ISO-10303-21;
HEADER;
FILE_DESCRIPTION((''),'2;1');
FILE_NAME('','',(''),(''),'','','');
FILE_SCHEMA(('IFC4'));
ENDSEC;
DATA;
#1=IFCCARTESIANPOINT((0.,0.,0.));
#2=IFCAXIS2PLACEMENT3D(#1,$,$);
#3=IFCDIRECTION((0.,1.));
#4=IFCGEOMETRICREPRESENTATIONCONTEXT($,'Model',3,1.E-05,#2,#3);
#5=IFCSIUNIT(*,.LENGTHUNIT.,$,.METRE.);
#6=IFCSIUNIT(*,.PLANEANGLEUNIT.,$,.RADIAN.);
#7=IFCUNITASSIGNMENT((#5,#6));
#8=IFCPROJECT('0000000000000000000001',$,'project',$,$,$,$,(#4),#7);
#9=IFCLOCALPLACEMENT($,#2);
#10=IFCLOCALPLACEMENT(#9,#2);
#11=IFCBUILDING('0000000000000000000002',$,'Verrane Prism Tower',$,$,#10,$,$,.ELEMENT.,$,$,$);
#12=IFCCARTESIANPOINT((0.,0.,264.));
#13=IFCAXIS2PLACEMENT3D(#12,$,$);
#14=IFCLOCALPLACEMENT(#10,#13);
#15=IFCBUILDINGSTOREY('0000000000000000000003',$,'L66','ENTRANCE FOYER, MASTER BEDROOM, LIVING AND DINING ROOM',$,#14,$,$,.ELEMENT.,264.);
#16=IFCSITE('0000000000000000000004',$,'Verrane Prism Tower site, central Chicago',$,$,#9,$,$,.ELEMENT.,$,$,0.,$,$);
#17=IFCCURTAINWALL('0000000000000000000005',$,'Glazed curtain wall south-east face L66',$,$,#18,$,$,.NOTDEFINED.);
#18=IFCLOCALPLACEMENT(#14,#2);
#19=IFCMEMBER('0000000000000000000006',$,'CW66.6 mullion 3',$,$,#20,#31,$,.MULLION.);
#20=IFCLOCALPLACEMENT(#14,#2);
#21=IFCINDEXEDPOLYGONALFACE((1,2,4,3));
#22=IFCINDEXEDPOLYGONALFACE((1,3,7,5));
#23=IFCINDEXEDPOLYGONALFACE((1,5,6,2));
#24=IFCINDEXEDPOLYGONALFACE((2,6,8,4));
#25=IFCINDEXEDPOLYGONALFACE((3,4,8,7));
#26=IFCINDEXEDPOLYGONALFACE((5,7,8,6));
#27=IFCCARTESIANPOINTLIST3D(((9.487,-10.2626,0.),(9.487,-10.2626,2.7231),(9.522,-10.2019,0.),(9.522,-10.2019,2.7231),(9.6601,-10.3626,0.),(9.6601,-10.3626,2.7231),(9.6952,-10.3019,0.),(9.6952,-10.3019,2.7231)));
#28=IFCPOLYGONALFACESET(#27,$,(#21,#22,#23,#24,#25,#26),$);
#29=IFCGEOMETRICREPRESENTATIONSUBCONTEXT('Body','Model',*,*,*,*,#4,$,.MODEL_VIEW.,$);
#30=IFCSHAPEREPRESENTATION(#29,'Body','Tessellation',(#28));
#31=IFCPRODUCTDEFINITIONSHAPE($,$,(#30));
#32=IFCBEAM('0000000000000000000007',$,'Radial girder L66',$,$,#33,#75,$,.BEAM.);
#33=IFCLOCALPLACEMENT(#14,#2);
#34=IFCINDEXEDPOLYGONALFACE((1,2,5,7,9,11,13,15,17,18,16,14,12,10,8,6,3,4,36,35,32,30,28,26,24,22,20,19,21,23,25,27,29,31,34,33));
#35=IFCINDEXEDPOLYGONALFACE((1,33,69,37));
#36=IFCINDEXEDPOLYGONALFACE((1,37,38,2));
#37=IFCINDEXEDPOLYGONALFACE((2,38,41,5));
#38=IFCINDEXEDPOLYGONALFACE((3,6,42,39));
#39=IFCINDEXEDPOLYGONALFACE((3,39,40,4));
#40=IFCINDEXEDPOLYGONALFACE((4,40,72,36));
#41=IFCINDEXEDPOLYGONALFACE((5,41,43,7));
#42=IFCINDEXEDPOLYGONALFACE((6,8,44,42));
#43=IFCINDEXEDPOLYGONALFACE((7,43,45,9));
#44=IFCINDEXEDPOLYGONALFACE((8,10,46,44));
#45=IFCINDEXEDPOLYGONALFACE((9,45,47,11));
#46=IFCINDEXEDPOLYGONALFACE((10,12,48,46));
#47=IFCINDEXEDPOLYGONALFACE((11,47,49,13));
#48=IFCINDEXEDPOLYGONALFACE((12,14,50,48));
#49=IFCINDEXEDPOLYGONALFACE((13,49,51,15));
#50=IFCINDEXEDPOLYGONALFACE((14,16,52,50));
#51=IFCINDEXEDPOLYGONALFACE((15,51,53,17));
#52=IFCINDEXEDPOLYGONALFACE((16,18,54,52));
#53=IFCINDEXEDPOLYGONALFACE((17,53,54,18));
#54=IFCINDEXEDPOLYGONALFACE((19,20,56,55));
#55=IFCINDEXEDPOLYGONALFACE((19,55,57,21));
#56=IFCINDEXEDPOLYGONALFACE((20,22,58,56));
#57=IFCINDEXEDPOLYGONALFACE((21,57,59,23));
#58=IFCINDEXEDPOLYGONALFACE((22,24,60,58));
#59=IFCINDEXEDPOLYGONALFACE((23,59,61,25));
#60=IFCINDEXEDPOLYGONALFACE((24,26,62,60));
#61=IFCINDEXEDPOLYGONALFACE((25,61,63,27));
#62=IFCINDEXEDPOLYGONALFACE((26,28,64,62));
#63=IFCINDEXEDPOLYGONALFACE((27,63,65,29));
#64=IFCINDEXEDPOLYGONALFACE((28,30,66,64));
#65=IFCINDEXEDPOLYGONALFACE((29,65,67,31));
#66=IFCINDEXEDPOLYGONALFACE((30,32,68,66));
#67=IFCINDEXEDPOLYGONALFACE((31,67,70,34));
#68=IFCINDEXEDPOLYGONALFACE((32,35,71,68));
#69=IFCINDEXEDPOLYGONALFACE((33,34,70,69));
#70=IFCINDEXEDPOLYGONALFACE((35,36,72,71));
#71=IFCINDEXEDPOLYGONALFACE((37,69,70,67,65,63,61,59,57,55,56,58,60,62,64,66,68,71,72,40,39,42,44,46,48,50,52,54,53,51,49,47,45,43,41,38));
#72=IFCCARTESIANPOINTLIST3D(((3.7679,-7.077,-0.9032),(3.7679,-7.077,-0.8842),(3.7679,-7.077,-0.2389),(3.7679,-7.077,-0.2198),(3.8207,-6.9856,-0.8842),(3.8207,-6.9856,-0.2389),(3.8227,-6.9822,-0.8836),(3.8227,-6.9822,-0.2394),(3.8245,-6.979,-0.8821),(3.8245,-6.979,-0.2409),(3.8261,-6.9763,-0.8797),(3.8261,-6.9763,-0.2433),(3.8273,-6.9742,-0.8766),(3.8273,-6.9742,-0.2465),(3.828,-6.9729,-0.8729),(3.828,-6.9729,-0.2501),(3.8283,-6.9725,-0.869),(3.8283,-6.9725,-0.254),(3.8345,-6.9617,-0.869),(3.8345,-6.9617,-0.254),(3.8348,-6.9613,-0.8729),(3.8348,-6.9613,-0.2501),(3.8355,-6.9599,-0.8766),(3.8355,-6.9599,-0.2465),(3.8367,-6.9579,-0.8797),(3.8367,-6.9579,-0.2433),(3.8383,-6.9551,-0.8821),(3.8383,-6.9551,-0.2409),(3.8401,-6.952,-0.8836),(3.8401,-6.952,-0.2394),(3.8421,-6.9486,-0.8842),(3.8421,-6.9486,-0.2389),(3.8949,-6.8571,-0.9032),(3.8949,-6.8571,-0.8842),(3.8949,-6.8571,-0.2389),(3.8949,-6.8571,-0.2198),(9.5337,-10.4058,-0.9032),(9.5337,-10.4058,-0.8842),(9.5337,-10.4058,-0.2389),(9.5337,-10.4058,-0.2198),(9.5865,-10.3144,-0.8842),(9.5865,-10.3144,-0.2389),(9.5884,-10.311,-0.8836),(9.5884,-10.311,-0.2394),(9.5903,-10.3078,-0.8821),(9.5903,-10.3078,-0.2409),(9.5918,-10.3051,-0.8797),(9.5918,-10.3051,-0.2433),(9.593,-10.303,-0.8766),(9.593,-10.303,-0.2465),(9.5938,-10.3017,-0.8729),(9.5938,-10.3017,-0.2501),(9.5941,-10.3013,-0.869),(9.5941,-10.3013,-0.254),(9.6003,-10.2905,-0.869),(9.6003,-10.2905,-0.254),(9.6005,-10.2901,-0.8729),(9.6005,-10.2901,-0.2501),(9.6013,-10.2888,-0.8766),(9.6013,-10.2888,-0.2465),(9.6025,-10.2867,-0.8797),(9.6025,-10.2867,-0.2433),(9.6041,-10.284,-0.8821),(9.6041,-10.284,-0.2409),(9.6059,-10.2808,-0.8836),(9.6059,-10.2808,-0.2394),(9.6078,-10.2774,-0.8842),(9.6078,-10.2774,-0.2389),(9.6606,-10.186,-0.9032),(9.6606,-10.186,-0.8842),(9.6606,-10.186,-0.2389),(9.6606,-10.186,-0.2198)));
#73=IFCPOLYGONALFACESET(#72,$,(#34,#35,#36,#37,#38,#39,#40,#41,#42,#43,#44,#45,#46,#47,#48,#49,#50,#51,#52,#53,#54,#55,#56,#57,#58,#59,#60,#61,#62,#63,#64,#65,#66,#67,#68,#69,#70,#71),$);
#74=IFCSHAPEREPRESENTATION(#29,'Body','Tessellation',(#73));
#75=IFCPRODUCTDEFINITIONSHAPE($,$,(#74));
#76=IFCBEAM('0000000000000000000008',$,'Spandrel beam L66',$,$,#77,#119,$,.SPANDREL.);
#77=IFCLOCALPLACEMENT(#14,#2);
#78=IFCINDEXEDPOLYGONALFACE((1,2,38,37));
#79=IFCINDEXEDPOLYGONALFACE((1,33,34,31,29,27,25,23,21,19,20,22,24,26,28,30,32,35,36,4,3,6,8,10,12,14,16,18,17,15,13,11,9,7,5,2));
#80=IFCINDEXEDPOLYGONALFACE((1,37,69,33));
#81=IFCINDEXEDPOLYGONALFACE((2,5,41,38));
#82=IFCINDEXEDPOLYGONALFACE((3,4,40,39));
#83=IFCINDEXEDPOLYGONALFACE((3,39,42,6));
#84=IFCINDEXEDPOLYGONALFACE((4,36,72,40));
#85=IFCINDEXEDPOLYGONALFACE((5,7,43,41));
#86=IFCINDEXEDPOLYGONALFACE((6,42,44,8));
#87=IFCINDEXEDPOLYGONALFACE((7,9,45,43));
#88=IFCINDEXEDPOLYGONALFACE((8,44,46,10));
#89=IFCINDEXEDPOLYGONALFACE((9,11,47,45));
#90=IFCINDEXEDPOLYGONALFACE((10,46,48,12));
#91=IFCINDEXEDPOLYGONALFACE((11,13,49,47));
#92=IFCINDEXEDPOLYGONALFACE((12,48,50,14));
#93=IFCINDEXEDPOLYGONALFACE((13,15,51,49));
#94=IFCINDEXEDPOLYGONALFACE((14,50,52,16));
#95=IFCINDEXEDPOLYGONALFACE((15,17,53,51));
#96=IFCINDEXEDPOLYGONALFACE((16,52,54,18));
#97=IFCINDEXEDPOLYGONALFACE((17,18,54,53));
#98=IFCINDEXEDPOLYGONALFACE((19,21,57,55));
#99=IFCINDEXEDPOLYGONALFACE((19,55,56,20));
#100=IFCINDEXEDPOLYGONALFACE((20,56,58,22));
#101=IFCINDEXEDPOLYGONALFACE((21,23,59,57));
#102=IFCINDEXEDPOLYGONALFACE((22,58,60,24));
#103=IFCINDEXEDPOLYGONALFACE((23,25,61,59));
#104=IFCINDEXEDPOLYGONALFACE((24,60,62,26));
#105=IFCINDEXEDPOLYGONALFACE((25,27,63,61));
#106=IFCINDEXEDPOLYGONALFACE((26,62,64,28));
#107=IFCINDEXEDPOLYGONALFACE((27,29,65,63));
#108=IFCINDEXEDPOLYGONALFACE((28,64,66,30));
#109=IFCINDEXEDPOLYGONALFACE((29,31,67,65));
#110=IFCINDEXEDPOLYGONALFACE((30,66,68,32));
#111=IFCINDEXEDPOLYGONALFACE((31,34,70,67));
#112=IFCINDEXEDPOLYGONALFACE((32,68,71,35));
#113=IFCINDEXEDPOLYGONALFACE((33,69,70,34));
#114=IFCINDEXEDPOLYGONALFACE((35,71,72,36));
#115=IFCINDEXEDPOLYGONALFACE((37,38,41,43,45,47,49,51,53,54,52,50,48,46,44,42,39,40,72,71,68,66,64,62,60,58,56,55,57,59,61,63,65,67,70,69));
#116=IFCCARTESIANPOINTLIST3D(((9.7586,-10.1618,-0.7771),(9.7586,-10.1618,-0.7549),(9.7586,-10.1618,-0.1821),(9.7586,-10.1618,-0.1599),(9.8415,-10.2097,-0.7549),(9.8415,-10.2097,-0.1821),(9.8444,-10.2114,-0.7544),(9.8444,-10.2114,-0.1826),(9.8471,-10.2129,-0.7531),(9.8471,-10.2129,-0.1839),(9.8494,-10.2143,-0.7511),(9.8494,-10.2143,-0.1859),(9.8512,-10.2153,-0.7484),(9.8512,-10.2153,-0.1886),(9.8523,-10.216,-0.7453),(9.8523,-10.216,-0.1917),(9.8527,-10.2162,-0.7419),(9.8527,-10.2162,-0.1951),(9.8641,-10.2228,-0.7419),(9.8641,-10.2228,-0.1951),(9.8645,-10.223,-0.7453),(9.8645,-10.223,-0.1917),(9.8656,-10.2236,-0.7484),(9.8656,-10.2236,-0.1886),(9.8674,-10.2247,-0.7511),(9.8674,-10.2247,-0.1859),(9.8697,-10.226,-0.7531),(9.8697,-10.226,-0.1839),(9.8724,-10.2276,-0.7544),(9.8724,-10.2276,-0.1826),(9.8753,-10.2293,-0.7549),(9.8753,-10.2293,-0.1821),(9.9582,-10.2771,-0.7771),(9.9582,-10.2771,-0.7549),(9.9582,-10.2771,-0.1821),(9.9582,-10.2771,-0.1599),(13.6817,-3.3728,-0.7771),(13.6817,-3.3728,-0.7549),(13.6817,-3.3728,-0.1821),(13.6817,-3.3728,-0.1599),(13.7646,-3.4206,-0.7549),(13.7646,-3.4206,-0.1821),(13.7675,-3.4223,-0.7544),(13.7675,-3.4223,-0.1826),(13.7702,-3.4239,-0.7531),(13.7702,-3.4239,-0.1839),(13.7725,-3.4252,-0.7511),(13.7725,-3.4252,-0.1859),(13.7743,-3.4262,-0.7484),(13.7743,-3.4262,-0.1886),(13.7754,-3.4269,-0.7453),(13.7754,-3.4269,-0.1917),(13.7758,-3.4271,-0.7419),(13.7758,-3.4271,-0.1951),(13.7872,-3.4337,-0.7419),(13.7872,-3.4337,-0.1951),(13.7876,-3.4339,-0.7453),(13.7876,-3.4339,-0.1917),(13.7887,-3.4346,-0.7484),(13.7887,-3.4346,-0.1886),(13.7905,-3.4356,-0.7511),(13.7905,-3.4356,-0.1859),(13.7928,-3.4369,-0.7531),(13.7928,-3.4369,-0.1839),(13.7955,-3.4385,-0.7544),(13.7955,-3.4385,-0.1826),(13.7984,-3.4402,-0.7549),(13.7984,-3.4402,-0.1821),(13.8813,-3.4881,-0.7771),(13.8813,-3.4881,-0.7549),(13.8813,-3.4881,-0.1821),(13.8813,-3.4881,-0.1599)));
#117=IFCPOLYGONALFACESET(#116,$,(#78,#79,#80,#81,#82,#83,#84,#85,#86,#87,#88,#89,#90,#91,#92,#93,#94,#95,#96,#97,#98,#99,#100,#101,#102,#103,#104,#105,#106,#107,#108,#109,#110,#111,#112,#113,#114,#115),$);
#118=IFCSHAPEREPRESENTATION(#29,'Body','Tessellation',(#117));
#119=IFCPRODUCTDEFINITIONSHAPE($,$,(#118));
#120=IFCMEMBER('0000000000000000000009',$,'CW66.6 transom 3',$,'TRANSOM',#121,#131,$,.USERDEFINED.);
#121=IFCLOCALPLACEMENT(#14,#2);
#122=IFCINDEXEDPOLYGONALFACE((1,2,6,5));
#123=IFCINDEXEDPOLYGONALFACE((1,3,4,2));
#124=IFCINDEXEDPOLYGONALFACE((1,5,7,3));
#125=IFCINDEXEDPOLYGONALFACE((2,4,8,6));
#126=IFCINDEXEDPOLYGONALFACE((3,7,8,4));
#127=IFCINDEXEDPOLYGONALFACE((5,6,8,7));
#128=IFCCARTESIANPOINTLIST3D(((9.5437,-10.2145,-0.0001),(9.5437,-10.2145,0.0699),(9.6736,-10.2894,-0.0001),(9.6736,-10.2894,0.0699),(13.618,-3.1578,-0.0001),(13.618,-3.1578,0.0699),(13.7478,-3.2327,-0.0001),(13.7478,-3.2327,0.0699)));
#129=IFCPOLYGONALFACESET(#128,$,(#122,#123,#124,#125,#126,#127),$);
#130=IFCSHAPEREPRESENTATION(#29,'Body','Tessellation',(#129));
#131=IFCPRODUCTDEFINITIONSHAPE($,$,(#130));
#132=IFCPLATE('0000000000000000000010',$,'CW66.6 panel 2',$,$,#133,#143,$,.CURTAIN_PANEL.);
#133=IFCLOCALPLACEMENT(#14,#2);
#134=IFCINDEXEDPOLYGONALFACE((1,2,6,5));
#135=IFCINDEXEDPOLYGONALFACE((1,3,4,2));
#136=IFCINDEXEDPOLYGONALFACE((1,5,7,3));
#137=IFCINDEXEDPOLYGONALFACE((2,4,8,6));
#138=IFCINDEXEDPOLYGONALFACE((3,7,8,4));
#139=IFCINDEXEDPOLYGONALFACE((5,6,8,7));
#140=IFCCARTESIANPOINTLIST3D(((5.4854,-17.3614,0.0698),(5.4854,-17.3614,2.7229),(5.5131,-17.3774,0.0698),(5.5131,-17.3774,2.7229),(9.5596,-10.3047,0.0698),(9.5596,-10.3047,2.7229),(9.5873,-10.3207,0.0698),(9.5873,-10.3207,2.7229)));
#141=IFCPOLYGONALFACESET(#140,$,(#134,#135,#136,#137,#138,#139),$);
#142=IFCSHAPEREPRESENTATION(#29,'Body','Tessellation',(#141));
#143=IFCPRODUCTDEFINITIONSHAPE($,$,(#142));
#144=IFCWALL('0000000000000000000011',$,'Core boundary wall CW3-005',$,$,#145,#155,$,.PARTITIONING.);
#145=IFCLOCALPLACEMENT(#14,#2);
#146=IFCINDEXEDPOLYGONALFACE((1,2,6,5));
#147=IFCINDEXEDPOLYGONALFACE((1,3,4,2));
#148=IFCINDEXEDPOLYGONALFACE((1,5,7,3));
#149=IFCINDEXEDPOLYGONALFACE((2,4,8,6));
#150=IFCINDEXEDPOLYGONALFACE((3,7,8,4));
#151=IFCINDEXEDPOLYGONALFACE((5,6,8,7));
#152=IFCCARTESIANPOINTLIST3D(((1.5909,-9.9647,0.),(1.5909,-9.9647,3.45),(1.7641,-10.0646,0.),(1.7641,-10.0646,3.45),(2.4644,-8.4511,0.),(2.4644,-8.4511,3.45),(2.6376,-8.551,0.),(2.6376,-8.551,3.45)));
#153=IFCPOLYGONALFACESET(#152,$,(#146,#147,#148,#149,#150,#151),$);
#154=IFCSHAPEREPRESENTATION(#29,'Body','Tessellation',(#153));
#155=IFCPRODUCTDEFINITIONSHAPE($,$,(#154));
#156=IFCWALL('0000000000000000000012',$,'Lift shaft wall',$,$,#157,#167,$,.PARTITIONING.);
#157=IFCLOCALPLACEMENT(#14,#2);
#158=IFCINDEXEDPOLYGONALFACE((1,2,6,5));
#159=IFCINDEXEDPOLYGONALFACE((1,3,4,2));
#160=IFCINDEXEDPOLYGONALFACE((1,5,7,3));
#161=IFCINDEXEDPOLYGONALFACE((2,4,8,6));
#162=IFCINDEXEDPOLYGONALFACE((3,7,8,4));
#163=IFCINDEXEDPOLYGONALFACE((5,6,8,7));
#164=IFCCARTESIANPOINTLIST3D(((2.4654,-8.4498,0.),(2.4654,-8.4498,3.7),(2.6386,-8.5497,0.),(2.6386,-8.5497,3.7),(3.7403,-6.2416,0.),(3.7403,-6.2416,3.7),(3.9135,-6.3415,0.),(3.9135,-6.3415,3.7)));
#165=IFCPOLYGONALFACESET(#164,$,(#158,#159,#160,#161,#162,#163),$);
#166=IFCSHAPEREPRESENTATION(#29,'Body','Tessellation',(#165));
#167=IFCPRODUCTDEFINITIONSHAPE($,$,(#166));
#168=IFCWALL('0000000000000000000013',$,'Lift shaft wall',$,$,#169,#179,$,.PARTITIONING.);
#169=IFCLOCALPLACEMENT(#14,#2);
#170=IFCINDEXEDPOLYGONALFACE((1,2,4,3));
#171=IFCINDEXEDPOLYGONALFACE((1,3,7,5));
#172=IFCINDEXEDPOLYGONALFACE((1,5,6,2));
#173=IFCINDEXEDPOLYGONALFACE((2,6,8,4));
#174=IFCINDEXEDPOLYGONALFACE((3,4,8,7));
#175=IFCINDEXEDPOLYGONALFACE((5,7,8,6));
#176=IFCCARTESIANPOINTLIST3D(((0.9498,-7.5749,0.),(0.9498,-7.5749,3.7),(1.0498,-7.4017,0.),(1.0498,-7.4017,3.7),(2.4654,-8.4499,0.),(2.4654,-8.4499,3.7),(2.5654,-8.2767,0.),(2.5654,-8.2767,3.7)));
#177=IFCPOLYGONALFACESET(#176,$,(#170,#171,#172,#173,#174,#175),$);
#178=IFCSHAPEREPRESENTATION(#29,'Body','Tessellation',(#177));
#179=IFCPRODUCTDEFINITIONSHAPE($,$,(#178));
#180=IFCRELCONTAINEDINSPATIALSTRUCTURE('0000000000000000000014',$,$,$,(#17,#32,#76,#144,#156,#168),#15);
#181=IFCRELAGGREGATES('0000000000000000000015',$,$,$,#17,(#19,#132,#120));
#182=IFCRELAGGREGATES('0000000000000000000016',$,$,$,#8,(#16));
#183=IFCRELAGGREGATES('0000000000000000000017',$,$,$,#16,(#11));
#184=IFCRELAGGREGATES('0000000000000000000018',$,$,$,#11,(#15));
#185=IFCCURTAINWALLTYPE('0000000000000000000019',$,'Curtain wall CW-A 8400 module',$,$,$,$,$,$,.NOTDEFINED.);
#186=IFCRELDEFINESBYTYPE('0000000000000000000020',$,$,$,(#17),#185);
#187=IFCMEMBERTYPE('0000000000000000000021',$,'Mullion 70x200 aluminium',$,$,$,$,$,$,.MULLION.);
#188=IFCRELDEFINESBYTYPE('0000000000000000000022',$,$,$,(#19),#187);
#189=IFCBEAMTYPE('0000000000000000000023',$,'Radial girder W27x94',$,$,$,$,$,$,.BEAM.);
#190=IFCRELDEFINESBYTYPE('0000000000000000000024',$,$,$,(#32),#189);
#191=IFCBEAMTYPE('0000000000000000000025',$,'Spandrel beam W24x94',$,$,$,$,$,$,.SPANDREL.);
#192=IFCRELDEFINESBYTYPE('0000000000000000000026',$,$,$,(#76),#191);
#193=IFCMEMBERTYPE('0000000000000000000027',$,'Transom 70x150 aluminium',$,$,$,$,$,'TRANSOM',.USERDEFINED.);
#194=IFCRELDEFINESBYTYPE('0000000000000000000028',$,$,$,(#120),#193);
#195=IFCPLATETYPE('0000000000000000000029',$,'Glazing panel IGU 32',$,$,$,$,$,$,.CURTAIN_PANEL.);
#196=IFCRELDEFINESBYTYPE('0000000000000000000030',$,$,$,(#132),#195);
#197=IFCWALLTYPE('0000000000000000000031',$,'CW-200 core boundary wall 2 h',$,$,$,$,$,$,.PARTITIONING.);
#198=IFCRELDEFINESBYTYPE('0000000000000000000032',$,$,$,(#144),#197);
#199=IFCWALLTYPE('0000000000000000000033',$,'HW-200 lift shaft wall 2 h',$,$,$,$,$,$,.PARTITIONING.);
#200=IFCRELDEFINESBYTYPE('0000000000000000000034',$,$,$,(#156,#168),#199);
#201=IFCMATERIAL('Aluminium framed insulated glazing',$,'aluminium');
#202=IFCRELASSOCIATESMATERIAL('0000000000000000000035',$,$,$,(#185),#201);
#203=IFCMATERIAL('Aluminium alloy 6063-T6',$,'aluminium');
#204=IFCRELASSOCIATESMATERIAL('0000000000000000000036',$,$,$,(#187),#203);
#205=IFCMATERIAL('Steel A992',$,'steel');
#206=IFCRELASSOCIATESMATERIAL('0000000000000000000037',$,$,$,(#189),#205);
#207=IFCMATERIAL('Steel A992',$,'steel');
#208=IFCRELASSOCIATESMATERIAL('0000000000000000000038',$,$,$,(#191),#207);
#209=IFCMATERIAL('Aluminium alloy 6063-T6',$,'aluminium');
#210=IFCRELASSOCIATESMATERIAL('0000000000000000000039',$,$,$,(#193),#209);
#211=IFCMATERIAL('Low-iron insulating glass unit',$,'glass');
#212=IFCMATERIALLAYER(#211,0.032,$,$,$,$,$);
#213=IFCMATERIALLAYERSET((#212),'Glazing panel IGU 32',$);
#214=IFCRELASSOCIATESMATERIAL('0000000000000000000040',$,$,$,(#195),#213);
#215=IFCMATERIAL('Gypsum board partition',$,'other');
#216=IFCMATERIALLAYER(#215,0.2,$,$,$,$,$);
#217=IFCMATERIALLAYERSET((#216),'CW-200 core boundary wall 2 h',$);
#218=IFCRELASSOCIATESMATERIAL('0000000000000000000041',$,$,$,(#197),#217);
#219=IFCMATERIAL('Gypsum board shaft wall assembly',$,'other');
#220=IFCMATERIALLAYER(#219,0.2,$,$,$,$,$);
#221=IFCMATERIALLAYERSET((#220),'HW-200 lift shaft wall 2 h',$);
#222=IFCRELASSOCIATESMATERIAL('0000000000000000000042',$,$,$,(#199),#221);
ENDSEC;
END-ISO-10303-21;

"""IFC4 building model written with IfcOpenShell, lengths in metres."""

from ifc_helpers import new_model, si_unit, direction, frame, frame_2d, origin, origin_2d, place, context, subcontext, project, spatial, rectangle, i_section, extrude, material, layer, layer_set, material_profile, profile_set, type_object, element, aggregate, save


model = new_model("IFC4")

# Units and contexts
model_context = context("Model", 3, precision=1e-05, world=origin(), true_north=direction((0.0, 1.0)))
body_context = subcontext(model_context, "Body", "Model", "MODEL_VIEW")
ifc_project = project(units=[si_unit("LENGTHUNIT", "METRE"), si_unit("PLANEANGLEUNIT", "RADIAN")], contexts=[model_context])

# Site, building, storey
site_placement = place(None, origin())
site = spatial("IfcSite", under=ifc_project, at=site_placement, Name="Verrane Prism Tower site, central Chicago", CompositionType="ELEMENT", RefElevation=0.0)
building_placement = place(site_placement, origin())
building = spatial("IfcBuilding", under=site, at=building_placement, Name="Verrane Prism Tower", CompositionType="ELEMENT")
storey_placement = place(building_placement, frame((0.0, 0.0, 264.0)))
storey = spatial("IfcBuildingStorey", under=building, at=storey_placement, Name="L66", Description="ENTRANCE FOYER, MASTER BEDROOM, LIVING AND DINING ROOM", CompositionType="ELEMENT", Elevation=264.0)

# Curtain wall, member
ifc_material_1 = material(Name="Aluminium framed insulated glazing", Category="aluminium")
curtain_wall_type = type_object("IfcCurtainWallType", Name="Curtain wall CW-A 8400 module", PredefinedType="NOTDEFINED", material=ifc_material_1)
curtain_wall_placement = place(storey_placement, origin())
curtain_wall = element("IfcCurtainWall", 1, at=curtain_wall_placement, inside=storey, type_object=curtain_wall_type, Name="Glazed curtain wall south-east face L66", PredefinedType="NOTDEFINED")
ifc_material_2 = material(Name="Aluminium alloy 6063-T6", Category="aluminium")
ifc_material_profile_1 = material_profile(ifc_material_2, rectangle(XDim=0.2, YDim=0.0701, at=origin_2d()), Name="Mullion 70x200 aluminium")
ifc_profile_set_1 = profile_set([ifc_material_profile_1], Name="Aluminium alloy 6063-T6")
member_type_1 = type_object("IfcMemberType", Name="Mullion 70x200 aluminium", PredefinedType="MULLION", material=ifc_profile_set_1)
member_1_placement = place(storey_placement, frame((9.5911, -10.2822, 0.0), z_axis=(0.0, 0.0, 1.0), x_axis=(-0.866025, 0.500001, 0.0)))
member_1 = element("IfcMember", 2, at=member_1_placement, type_object=member_type_1, Name="CW66.6 mullion 3", PredefinedType="MULLION", context=body_context, shape_type="SweptSolid", body=[
    extrude(rectangle(XDim=0.2, YDim=0.0701, at=origin_2d()), origin(), (0.0, 0.0, 1.0), 2.7231),
])

# Beams
ifc_material_3 = material(Name="Steel A992", Category="steel")
ifc_material_profile_2 = material_profile(ifc_material_3, i_section(OverallWidth=0.2539, OverallDepth=0.6833, WebThickness=0.0125, FlangeThickness=0.019, FilletRadius=0.0151, at=origin_2d()), Name="W27x94")
ifc_profile_set_2 = profile_set([ifc_material_profile_2], Name="Steel A992")
beam_type_1 = type_object("IfcBeamType", Name="Radial girder W27x94", PredefinedType="BEAM", material=ifc_profile_set_2)
beam_1_placement = place(storey_placement, frame((9.5972, -10.2959, -0.5615), z_axis=(-0.86603, 0.499992, 0.0), x_axis=(-0.499992, -0.86603, 0.0)))
element("IfcBeam", 3, at=beam_1_placement, inside=storey, type_object=beam_type_1, Name="Radial girder L66", PredefinedType="BEAM", context=body_context, shape_type="SweptSolid", body=[
    extrude(i_section(OverallWidth=0.2539, OverallDepth=0.6833, WebThickness=0.0125, FlangeThickness=0.019, FilletRadius=0.0151, at=origin_2d()), origin(), (0.0, 0.0, 1.0), 6.6577),
])
ifc_material_4 = material(Name="Steel A992", Category="steel")
ifc_material_profile_3 = material_profile(ifc_material_4, i_section(OverallWidth=0.2305, OverallDepth=0.6172, WebThickness=0.0132, FlangeThickness=0.0222, FilletRadius=0.0129, at=origin_2d()), Name="W24x94")
ifc_profile_set_3 = profile_set([ifc_material_profile_3], Name="Steel A992")
beam_type_2 = type_object("IfcBeamType", Name="Spandrel beam W24x94", PredefinedType="SPANDREL", material=ifc_profile_set_3)
beam_2_placement = place(storey_placement, frame((9.8584, -10.2195, -0.4685), z_axis=(0.500328, 0.865836, 0.0), x_axis=(-0.865836, 0.500328, 0.0)))
element("IfcBeam", 4, at=beam_2_placement, inside=storey, type_object=beam_type_2, Name="Spandrel beam L66", PredefinedType="SPANDREL", context=body_context, shape_type="SweptSolid", body=[
    extrude(i_section(OverallWidth=0.2305, OverallDepth=0.6172, WebThickness=0.0132, FlangeThickness=0.0222, FilletRadius=0.0129, at=origin_2d()), origin(), (0.0, 0.0, 1.0), 7.8411),
])

# Member
ifc_material_5 = material(Name="Aluminium alloy 6063-T6", Category="aluminium")
ifc_material_profile_4 = material_profile(ifc_material_5, rectangle(XDim=0.1499, YDim=0.0701, at=origin_2d()), Name="Transom 70x150 aluminium")
ifc_profile_set_4 = profile_set([ifc_material_profile_4], Name="Aluminium alloy 6063-T6")
member_type_2 = type_object("IfcMemberType", Name="Transom 70x150 aluminium", ElementType="TRANSOM", PredefinedType="USERDEFINED", material=ifc_profile_set_4)
member_2_placement = place(storey_placement, frame((9.6086, -10.252, 0.0349), z_axis=(0.500006, 0.866022, 0.0), x_axis=(-0.866022, 0.500006, 0.0)))
member_2 = element("IfcMember", 5, at=member_2_placement, type_object=member_type_2, Name="CW66.6 transom 3", ObjectType="TRANSOM", PredefinedType="USERDEFINED", context=body_context, shape_type="SweptSolid", body=[
    extrude(rectangle(XDim=0.1499, YDim=0.0701, at=origin_2d()), origin(), (0.0, 0.0, 1.0), 8.1484),
])

# Plate
ifc_material_6 = material(Name="Low-iron insulating glass unit", Category="glass")
ifc_layer_1 = layer(ifc_material_6, 0.032)
ifc_layer_set_1 = layer_set([ifc_layer_1], Name="Glazing panel IGU 32")
plate_type = type_object("IfcPlateType", Name="Glazing panel IGU 32", PredefinedType="CURTAIN_PANEL", material=ifc_layer_set_1)
plate_placement = place(storey_placement, frame((7.5364, -13.8411, 0.0698), z_axis=(0.0, 0.0, 1.0), x_axis=(0.500001, 0.866025, 0.0)))
plate = element("IfcPlate", 6, at=plate_placement, type_object=plate_type, Name="CW66.6 panel 2", PredefinedType="CURTAIN_PANEL", context=body_context, shape_type="SweptSolid", body=[
    extrude(rectangle(XDim=8.1484, YDim=0.032, at=origin_2d()), origin(), (0.0, 0.0, 1.0), 2.6531),
])
aggregate(curtain_wall, [member_1, plate, member_2])

# Walls
ifc_material_7 = material(Name="Gypsum board partition", Category="other")
ifc_layer_2 = layer(ifc_material_7, 0.2)
ifc_layer_set_2 = layer_set([ifc_layer_2], Name="CW-200 core boundary wall 2 h")
wall_type_1 = type_object("IfcWallType", Name="CW-200 core boundary wall 2 h", PredefinedType="PARTITIONING", material=ifc_layer_set_2)
wall_1_placement = place(storey_placement, frame((1.6775, -10.0146, 0.0), z_axis=(0.0, 0.0, 1.0), x_axis=(0.499835, 0.86612, 0.0)))
element("IfcWall", 7, at=wall_1_placement, inside=storey, type_object=wall_type_1, Name="Core boundary wall CW3-005", PredefinedType="PARTITIONING", context=body_context, shape_type="SweptSolid", body=[
    extrude(rectangle(XDim=1.7476, YDim=0.2, at=frame_2d((0.8738, 0.0))), origin(), (0.0, 0.0, 1.0), 3.45),
])
ifc_material_8 = material(Name="Gypsum board shaft wall assembly", Category="other")
ifc_layer_3 = layer(ifc_material_8, 0.2)
ifc_layer_set_3 = layer_set([ifc_layer_3], Name="HW-200 lift shaft wall 2 h")
wall_type_2 = type_object("IfcWallType", Name="HW-200 lift shaft wall 2 h", PredefinedType="PARTITIONING", material=ifc_layer_set_3)
wall_2_placement = place(storey_placement, frame((2.552, -8.4998, 0.0), z_axis=(0.0, 0.0, 1.0), x_axis=(0.49999, 0.866031, 0.0)))
element("IfcWall", 8, at=wall_2_placement, inside=storey, type_object=wall_type_2, Name="Lift shaft wall", PredefinedType="PARTITIONING", context=body_context, shape_type="SweptSolid", body=[
    extrude(rectangle(XDim=2.5498, YDim=0.2, at=frame_2d((1.2749, 0.0))), origin(), (0.0, 0.0, 1.0), 3.7),
])
wall_3_placement = place(storey_placement, frame((2.5154, -8.3633, 0.0), z_axis=(0.0, 0.0, 1.0), x_axis=(-0.866037, 0.49998, 0.0)))
element("IfcWall", 9, at=wall_3_placement, inside=storey, type_object=wall_type_2, Name="Lift shaft wall", PredefinedType="PARTITIONING", context=body_context, shape_type="SweptSolid", body=[
    extrude(rectangle(XDim=1.75, YDim=0.2, at=frame_2d((0.875, 0.0))), origin(), (0.0, 0.0, 1.0), 3.7),
])

save(model, "model.ifc")
